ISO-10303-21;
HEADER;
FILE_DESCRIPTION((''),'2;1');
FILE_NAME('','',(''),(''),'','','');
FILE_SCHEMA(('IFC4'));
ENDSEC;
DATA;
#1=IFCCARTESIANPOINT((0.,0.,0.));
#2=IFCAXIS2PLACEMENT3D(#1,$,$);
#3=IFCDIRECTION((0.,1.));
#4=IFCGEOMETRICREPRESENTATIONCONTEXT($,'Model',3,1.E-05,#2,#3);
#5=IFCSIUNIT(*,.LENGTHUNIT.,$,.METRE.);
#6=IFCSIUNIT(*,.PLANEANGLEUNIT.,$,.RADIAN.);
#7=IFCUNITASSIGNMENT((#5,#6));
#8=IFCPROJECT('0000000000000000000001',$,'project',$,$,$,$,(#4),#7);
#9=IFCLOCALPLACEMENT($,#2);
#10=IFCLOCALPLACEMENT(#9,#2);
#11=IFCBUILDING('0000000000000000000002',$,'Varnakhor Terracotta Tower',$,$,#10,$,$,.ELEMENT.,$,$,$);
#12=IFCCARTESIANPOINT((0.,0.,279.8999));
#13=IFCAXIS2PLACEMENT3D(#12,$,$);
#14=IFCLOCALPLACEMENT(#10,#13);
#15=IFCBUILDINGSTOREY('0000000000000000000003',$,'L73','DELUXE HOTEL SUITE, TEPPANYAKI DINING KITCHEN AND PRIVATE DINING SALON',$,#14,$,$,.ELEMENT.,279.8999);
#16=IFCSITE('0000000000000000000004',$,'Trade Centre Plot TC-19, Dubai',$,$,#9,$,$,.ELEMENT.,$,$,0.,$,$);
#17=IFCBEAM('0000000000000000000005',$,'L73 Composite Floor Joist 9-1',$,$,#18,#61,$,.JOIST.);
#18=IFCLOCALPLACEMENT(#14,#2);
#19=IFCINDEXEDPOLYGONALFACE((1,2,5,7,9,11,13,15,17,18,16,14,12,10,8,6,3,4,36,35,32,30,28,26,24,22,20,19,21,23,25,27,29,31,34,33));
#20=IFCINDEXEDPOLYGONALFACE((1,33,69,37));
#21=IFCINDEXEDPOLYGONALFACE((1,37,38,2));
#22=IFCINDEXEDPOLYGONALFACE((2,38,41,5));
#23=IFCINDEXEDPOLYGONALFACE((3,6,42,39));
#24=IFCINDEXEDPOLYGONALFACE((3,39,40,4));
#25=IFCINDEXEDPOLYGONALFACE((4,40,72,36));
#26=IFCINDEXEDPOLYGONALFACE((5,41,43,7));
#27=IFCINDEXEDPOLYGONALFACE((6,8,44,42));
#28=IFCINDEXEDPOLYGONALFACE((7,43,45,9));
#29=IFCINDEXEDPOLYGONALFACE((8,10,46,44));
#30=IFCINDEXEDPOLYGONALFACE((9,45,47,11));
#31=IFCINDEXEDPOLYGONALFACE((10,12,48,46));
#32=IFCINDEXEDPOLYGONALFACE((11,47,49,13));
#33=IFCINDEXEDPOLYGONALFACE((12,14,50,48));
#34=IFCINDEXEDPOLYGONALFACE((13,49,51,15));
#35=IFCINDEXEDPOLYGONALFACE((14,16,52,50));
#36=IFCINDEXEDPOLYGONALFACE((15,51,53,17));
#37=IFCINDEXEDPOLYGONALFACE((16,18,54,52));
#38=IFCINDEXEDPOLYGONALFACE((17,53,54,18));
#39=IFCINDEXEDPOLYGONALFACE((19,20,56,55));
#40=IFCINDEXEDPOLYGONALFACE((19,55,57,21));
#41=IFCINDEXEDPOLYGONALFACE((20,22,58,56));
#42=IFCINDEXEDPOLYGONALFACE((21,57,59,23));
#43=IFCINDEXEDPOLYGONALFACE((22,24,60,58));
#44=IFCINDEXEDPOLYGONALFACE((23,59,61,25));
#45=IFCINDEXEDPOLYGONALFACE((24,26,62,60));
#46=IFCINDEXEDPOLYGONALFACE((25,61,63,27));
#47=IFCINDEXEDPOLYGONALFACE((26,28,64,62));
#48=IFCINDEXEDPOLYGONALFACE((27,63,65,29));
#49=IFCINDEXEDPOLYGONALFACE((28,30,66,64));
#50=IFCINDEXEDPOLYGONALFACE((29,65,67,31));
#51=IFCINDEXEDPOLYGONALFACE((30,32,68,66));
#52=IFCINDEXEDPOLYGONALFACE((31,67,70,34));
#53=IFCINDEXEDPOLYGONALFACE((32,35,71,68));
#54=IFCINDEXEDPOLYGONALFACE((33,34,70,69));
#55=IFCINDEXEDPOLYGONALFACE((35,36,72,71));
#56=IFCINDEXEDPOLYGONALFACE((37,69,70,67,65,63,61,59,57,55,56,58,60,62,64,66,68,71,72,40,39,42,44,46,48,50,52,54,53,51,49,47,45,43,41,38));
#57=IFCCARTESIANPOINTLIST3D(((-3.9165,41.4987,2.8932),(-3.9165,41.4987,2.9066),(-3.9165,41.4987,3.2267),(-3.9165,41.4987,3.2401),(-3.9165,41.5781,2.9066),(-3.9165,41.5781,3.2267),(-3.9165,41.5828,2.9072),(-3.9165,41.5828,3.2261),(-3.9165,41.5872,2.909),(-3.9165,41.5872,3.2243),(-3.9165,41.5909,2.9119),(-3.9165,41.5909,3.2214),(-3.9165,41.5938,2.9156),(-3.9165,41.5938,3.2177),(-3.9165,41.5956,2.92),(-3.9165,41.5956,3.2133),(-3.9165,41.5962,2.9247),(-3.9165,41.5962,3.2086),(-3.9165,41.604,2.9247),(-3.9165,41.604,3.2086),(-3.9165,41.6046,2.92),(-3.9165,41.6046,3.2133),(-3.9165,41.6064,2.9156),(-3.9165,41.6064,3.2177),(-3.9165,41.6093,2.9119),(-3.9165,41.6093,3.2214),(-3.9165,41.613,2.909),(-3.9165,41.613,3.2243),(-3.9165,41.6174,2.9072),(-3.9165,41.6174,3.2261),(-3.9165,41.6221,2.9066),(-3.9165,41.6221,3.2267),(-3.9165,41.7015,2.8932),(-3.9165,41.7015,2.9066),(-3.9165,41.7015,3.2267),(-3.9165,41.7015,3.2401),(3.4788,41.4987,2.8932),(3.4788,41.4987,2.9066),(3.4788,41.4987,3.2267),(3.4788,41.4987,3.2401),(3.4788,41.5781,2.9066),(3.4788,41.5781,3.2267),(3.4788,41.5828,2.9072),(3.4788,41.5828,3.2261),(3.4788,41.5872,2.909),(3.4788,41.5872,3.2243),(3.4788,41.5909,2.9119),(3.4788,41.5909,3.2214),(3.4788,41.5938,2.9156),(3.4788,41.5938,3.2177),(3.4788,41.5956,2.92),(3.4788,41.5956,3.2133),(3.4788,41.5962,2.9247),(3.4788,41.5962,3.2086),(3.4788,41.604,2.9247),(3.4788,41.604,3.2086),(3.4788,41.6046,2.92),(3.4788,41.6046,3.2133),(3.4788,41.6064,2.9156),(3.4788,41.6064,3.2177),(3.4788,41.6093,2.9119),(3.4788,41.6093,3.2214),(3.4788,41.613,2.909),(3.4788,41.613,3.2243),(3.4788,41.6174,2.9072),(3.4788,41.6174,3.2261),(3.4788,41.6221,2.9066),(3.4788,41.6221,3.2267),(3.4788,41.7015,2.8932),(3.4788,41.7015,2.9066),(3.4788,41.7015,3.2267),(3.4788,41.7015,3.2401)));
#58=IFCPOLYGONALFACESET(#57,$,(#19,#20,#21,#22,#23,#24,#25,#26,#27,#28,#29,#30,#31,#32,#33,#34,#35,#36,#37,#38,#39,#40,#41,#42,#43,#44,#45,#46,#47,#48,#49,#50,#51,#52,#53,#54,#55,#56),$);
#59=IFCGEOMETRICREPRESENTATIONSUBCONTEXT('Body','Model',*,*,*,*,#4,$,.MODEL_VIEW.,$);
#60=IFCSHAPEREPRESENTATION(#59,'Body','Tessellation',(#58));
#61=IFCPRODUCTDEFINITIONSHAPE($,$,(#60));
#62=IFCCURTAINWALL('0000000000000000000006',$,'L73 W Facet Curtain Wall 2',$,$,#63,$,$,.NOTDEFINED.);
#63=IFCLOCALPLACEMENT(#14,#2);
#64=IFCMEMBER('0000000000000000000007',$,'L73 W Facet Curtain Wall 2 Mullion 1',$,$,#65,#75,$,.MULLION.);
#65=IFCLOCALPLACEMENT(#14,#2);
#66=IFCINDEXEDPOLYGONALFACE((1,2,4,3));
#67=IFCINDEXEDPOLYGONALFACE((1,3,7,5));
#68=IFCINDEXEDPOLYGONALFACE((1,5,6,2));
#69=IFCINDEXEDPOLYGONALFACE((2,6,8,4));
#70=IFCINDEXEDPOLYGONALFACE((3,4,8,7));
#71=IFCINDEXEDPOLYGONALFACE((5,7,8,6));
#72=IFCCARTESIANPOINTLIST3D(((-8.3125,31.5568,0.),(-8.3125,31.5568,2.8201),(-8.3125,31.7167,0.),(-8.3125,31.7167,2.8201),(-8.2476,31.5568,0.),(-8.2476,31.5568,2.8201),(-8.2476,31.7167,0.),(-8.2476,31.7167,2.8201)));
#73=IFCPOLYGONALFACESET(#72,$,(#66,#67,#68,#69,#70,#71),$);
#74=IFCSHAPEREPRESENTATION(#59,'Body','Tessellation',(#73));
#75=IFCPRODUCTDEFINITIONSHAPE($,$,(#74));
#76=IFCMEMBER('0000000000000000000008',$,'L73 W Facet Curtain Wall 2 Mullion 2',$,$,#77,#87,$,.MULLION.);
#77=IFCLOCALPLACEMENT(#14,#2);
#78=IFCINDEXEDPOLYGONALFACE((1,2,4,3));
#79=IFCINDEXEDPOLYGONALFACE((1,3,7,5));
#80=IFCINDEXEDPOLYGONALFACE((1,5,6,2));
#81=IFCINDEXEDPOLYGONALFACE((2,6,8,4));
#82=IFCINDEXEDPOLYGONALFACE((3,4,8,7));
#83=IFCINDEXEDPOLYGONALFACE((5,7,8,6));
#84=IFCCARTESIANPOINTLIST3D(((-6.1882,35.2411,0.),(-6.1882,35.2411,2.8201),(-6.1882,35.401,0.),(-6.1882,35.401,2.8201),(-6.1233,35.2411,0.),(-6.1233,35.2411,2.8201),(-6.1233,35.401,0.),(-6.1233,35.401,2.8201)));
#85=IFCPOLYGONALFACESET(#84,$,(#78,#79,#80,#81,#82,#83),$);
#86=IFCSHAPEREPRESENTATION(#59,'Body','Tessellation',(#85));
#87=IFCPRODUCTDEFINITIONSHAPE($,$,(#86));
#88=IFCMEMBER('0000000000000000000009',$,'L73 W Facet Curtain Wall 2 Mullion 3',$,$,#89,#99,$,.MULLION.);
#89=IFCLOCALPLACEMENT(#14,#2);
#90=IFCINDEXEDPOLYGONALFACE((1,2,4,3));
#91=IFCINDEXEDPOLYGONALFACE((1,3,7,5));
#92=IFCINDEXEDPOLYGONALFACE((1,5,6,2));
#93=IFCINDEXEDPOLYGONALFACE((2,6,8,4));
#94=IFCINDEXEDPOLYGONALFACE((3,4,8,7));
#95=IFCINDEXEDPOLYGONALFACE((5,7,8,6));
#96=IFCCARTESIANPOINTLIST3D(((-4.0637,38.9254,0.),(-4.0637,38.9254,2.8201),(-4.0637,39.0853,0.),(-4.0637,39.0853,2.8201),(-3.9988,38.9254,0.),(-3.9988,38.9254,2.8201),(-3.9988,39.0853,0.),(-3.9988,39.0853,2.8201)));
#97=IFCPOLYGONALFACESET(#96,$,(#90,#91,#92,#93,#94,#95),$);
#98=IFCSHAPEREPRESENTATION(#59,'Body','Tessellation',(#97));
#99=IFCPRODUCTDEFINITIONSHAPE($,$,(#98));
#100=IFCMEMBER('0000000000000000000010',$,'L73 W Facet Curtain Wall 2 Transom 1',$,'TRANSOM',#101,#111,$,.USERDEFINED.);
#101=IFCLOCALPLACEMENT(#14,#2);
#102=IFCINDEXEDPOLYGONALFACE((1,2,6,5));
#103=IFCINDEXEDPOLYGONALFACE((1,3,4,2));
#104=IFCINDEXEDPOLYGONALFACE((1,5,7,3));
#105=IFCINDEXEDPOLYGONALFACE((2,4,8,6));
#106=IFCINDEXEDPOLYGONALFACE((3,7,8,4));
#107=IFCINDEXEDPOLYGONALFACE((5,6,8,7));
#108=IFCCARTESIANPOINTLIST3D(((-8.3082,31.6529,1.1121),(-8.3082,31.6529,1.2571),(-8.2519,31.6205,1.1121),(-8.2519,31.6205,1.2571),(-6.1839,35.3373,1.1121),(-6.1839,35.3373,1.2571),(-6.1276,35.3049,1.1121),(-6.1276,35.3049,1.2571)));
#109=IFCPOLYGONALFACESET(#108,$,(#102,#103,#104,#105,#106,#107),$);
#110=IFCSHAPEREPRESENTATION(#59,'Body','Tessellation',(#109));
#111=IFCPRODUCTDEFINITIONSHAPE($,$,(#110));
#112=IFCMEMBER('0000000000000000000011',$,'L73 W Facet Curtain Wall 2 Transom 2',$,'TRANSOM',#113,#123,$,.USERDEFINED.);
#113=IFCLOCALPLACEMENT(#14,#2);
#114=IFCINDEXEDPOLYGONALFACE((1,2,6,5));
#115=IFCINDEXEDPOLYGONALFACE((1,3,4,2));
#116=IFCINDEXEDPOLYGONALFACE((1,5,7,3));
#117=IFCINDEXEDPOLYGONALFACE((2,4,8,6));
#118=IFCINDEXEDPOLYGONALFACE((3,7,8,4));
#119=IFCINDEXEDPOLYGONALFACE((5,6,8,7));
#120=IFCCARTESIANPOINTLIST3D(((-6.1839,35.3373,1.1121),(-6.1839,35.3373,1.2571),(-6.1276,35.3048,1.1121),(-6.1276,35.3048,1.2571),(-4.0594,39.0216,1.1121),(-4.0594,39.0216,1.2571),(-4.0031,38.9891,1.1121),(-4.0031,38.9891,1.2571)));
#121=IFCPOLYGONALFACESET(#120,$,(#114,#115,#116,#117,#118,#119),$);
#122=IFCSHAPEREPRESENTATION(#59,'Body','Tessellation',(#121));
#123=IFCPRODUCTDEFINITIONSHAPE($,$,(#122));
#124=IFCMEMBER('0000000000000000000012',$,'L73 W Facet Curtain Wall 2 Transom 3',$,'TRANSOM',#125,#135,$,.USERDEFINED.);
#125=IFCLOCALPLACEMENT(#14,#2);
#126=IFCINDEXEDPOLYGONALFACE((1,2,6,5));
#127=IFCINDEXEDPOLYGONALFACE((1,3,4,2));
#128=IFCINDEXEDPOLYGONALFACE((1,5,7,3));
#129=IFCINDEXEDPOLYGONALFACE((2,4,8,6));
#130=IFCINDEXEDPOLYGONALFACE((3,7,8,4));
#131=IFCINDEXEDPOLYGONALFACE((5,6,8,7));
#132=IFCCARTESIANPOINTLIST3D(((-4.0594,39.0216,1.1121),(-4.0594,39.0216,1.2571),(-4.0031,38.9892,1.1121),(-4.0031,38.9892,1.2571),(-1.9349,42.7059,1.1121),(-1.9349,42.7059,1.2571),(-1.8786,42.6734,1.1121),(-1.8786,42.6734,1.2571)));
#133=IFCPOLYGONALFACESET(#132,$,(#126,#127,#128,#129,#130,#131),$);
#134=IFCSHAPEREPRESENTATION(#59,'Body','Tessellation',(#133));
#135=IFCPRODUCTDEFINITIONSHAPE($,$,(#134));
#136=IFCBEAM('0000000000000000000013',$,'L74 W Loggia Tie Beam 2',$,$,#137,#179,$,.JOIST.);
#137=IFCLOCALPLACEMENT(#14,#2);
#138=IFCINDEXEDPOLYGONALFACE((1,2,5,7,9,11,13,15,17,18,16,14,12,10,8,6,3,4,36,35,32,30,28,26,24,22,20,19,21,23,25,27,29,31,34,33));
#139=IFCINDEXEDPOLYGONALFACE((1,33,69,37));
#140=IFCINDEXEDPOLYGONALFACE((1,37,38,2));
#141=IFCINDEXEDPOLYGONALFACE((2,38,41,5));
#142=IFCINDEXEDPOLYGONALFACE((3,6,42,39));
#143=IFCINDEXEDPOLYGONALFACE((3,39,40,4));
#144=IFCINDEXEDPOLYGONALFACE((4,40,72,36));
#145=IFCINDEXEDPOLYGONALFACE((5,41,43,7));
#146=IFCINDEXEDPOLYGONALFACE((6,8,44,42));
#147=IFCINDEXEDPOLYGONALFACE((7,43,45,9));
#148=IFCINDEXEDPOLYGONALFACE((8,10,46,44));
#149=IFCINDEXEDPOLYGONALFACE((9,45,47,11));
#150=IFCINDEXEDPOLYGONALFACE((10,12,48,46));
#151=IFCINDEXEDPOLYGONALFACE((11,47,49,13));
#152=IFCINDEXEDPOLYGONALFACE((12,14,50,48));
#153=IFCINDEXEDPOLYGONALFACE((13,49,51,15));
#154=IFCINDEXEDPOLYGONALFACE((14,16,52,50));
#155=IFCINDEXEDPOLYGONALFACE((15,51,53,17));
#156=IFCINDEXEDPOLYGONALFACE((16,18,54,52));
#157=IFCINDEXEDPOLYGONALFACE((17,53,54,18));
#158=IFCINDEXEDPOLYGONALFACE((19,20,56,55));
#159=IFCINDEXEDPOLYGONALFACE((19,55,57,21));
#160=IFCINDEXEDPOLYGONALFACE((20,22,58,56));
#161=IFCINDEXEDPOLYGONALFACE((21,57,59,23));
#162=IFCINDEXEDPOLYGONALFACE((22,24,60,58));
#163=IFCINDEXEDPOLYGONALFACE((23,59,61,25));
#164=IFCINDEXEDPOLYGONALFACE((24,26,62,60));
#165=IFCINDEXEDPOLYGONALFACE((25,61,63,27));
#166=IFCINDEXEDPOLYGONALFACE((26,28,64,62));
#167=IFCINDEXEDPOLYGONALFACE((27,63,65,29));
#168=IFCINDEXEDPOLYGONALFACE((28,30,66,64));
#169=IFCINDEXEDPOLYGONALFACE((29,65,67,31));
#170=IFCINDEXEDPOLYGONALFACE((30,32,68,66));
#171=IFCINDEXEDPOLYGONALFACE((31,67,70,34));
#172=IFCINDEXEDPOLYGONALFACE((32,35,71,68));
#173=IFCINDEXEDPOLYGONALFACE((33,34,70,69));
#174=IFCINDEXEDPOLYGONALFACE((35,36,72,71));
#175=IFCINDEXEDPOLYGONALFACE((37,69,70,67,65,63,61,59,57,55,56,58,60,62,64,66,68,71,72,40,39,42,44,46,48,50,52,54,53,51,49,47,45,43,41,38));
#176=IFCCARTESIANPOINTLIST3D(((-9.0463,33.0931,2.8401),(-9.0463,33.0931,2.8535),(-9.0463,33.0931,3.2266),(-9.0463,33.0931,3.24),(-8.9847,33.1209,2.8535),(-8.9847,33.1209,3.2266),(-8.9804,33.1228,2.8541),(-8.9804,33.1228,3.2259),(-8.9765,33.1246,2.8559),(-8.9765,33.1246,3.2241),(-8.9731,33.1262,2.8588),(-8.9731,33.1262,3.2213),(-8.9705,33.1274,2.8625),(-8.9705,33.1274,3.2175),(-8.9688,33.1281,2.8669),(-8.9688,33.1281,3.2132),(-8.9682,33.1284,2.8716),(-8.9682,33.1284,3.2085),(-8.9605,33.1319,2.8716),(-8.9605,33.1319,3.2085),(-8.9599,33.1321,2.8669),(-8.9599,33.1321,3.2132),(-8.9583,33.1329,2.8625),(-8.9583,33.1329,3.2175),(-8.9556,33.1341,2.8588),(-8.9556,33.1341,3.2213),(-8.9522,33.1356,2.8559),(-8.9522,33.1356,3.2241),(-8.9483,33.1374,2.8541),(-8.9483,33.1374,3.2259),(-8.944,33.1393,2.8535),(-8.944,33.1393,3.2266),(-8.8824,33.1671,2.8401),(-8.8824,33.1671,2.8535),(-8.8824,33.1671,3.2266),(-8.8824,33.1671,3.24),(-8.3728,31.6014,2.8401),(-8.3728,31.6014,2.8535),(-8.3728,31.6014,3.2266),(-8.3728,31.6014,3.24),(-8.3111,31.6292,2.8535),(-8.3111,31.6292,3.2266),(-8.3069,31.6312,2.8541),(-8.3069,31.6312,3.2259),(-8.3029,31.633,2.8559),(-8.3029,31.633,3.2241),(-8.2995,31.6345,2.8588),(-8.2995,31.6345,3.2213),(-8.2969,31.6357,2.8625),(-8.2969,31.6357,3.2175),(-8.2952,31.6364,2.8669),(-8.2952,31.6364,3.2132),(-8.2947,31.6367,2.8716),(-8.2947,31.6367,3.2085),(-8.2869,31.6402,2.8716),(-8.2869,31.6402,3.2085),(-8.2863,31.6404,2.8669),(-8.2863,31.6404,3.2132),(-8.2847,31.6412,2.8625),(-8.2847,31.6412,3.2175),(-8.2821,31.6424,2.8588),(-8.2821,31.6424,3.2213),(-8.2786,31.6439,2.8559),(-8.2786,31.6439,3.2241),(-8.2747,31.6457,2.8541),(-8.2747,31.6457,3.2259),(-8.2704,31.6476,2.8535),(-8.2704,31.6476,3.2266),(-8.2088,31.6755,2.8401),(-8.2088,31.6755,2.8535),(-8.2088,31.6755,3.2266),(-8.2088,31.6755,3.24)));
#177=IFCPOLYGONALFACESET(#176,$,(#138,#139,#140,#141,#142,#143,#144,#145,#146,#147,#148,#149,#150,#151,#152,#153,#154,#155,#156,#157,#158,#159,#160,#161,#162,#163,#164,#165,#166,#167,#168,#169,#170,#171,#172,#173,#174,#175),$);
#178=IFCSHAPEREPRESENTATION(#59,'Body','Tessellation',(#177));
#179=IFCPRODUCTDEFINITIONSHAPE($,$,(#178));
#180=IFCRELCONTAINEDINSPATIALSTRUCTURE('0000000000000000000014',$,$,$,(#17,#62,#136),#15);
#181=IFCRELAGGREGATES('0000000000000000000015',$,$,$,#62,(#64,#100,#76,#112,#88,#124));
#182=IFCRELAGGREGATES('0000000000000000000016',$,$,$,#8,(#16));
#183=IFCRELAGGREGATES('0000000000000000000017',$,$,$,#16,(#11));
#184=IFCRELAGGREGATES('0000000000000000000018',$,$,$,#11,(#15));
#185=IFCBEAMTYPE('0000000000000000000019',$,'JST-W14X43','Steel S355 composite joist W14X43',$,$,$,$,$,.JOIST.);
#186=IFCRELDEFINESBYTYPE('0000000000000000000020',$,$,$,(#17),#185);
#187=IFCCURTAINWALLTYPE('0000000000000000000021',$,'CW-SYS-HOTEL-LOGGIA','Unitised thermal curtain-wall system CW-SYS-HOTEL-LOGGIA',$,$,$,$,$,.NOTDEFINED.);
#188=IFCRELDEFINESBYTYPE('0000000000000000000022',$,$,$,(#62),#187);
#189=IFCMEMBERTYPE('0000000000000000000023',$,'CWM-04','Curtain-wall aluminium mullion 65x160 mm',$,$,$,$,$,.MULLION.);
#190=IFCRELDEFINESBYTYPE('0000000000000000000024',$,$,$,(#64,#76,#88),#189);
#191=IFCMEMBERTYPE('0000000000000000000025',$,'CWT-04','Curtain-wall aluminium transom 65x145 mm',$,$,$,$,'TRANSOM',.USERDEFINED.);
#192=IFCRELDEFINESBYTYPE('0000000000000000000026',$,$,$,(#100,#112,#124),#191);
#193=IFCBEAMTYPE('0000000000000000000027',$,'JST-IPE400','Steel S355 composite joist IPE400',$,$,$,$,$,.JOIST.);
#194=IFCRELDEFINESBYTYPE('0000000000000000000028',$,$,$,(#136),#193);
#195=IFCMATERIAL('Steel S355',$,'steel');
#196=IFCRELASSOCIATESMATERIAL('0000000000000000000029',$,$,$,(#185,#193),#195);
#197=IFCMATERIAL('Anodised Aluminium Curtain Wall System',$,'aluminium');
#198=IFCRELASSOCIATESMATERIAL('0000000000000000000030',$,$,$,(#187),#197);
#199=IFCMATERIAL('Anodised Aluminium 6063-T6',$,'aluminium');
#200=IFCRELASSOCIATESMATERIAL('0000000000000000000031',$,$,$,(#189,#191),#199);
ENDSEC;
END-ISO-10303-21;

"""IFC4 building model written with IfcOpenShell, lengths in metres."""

from ifc_helpers import new_model, si_unit, direction, frame, origin, origin_2d, place, context, subcontext, project, spatial, rectangle, i_section, extrude, source, transform, mapped, material, material_profile, profile_set, type_object, type_shapes, element, aggregate, save


model = new_model("IFC4")

# Units and contexts
model_context = context("Model", 3, precision=1e-05, world=origin(), true_north=direction((0.0, 1.0)))
body_context = subcontext(model_context, "Body", "Model", "MODEL_VIEW")
ifc_project = project(units=[si_unit("LENGTHUNIT", "METRE"), si_unit("PLANEANGLEUNIT", "RADIAN")], contexts=[model_context])

# Site, building, storey
site_placement = place(None, origin())
site = spatial("IfcSite", under=ifc_project, at=site_placement, Name="Trade Centre Plot TC-19, Dubai", CompositionType="ELEMENT", RefElevation=0.0)
building_placement = place(site_placement, origin())
building = spatial("IfcBuilding", under=site, at=building_placement, Name="Varnakhor Terracotta Tower", CompositionType="ELEMENT")
storey_placement = place(building_placement, frame((0.0, 0.0, 279.8999)))
storey = spatial("IfcBuildingStorey", under=building, at=storey_placement, Name="L73", Description="DELUXE HOTEL SUITE, TEPPANYAKI DINING KITCHEN AND PRIVATE DINING SALON", CompositionType="ELEMENT", Elevation=279.8999)

# Beam
ifc_material_1 = material(Name="Steel S355", Category="steel")
ifc_material_profile_1 = material_profile(ifc_material_1, i_section(OverallWidth=0.2029, OverallDepth=0.3469, WebThickness=0.0078, FlangeThickness=0.0134, FilletRadius=0.0181, at=origin_2d()), Name="W14X43")
ifc_profile_set_1 = profile_set([ifc_material_profile_1], Name="Steel S355")
beam_type_1 = type_object("IfcBeamType", Name="JST-W14X43", Description="Steel S355 composite joist W14X43", PredefinedType="JOIST", material=ifc_profile_set_1)
ifc_material_profile_2 = material_profile(ifc_material_1, i_section(OverallWidth=0.1799, OverallDepth=0.3999, WebThickness=0.0085, FlangeThickness=0.0134, FilletRadius=0.0181, at=origin_2d()), Name="IPE400")
ifc_profile_set_2 = profile_set([ifc_material_profile_2], Name="Steel S355")
beam_type_2 = type_object("IfcBeamType", Name="JST-IPE400", Description="Steel S355 composite joist IPE400", PredefinedType="JOIST", material=ifc_profile_set_2)
shared_shape_1 = source(origin(), body_context, "Body", "SweptSolid", [
    extrude(i_section(OverallWidth=0.2029, OverallDepth=0.3469, WebThickness=0.0078, FlangeThickness=0.0134, FilletRadius=0.0181, at=origin_2d()), origin(), (0.0, 0.0, 1.0), 7.3953),
])
beam_1_placement = place(storey_placement, frame((-3.9165, 41.6001, 3.0667), z_axis=(1.0, 0.0, 0.0), x_axis=(0.0, 1.0, 0.0)))
element("IfcBeam", 1, at=beam_1_placement, inside=storey, type_object=beam_type_1, Name="L73 Composite Floor Joist 9-1", PredefinedType="JOIST", context=body_context, shape_type="MappedRepresentation", body=[
    mapped(shared_shape_1, transform((0.0, 0.0, 0.0), scale=1.0)),
])

# Curtain wall, members
ifc_material_2 = material(Name="Anodised Aluminium Curtain Wall System", Category="aluminium")
curtain_wall_type = type_object("IfcCurtainWallType", Name="CW-SYS-HOTEL-LOGGIA", Description="Unitised thermal curtain-wall system CW-SYS-HOTEL-LOGGIA", PredefinedType="NOTDEFINED", material=ifc_material_2)
curtain_wall_placement = place(storey_placement, origin())
curtain_wall = element("IfcCurtainWall", 2, at=curtain_wall_placement, inside=storey, type_object=curtain_wall_type, Name="L73 W Facet Curtain Wall 2", PredefinedType="NOTDEFINED")
ifc_material_3 = material(Name="Anodised Aluminium 6063-T6", Category="aluminium")
ifc_material_profile_3 = material_profile(ifc_material_3, rectangle(XDim=0.0649, YDim=0.1599, at=origin_2d()), Name="ALU MULLION 65x160")
ifc_profile_set_3 = profile_set([ifc_material_profile_3], Name="Anodised Aluminium 6063-T6")
member_type_1 = type_object("IfcMemberType", Name="CWM-04", Description="Curtain-wall aluminium mullion 65x160 mm", PredefinedType="MULLION", material=ifc_profile_set_3)
shared_shape_2 = source(origin(), body_context, "Body", "SweptSolid", [
    extrude(rectangle(XDim=0.0649, YDim=0.1599, at=origin_2d()), origin(), (0.0, 0.0, 1.0), 2.8201),
])
type_shapes(member_type_1, [shared_shape_2])
member_1_placement = place(storey_placement, frame((-8.28, 31.6367, 0.0), z_axis=(0.0, 0.0, 1.0), x_axis=(1.0, 0.0, 0.0)))
member_1 = element("IfcMember", 3, at=member_1_placement, type_object=member_type_1, Name="L73 W Facet Curtain Wall 2 Mullion 1", PredefinedType="MULLION", context=body_context, shape_type="MappedRepresentation", body=[
    mapped(shared_shape_2, transform((0.0, 0.0, 0.0), scale=1.0)),
])
member_2_placement = place(storey_placement, frame((-6.1558, 35.321, 0.0), z_axis=(0.0, 0.0, 1.0), x_axis=(1.0, 0.0, 0.0)))
member_2 = element("IfcMember", 4, at=member_2_placement, type_object=member_type_1, Name="L73 W Facet Curtain Wall 2 Mullion 2", PredefinedType="MULLION", context=body_context, shape_type="MappedRepresentation", body=[
    mapped(shared_shape_2, transform((0.0, 0.0, 0.0), scale=1.0)),
])
member_3_placement = place(storey_placement, frame((-4.0312, 39.0054, 0.0), z_axis=(0.0, 0.0, 1.0), x_axis=(1.0, 0.0, 0.0)))
member_3 = element("IfcMember", 5, at=member_3_placement, type_object=member_type_1, Name="L73 W Facet Curtain Wall 2 Mullion 3", PredefinedType="MULLION", context=body_context, shape_type="MappedRepresentation", body=[
    mapped(shared_shape_2, transform((0.0, 0.0, 0.0), scale=1.0)),
])
ifc_material_profile_4 = material_profile(ifc_material_3, rectangle(XDim=0.0649, YDim=0.145, at=origin_2d()), Name="ALU TRANSOM 65x145")
ifc_profile_set_4 = profile_set([ifc_material_profile_4], Name="Anodised Aluminium 6063-T6")
member_type_2 = type_object("IfcMemberType", Name="CWT-04", Description="Curtain-wall aluminium transom 65x145 mm", ElementType="TRANSOM", PredefinedType="USERDEFINED", material=ifc_profile_set_4)
shared_shape_3 = source(origin(), body_context, "Body", "SweptSolid", [
    extrude(rectangle(XDim=0.0649, YDim=0.145, at=origin_2d()), origin(), (0.0, 0.0, 1.0), 4.2529),
])
member_4_placement = place(storey_placement, frame((-8.28, 31.6367, 1.1846), z_axis=(0.499492, 0.866318, 0.0), x_axis=(-0.866318, 0.499492, 0.0)))
member_4 = element("IfcMember", 6, at=member_4_placement, type_object=member_type_2, Name="L73 W Facet Curtain Wall 2 Transom 1", ObjectType="TRANSOM", PredefinedType="USERDEFINED", context=body_context, shape_type="MappedRepresentation", body=[
    mapped(shared_shape_3, transform((0.0, 0.0, 0.0), scale=1.0)),
])
member_5_placement = place(storey_placement, frame((-6.1558, 35.321, 1.1846), z_axis=(0.499535, 0.866294, 0.0), x_axis=(-0.866294, 0.499535, 0.0)))
member_5 = element("IfcMember", 7, at=member_5_placement, type_object=member_type_2, Name="L73 W Facet Curtain Wall 2 Transom 2", ObjectType="TRANSOM", PredefinedType="USERDEFINED", context=body_context, shape_type="MappedRepresentation", body=[
    mapped(shared_shape_3, transform((0.0, 0.0, 0.0), scale=1.0)),
])
member_6_placement = place(storey_placement, frame((-4.0312, 39.0054, 1.1846), z_axis=(0.499535, 0.866294, 0.0), x_axis=(-0.866294, 0.499535, 0.0)))
member_6 = element("IfcMember", 8, at=member_6_placement, type_object=member_type_2, Name="L73 W Facet Curtain Wall 2 Transom 3", ObjectType="TRANSOM", PredefinedType="USERDEFINED", context=body_context, shape_type="MappedRepresentation", body=[
    mapped(shared_shape_3, transform((0.0, 0.0, 0.0), scale=1.0)),
])

# Beam
shared_shape_4 = source(origin(), body_context, "Body", "SweptSolid", [
    extrude(i_section(OverallWidth=0.1799, OverallDepth=0.3999, WebThickness=0.0085, FlangeThickness=0.0134, FilletRadius=0.0181, at=origin_2d()), origin(), (0.0, 0.0, 1.0), 1.6367),
])
beam_2_placement = place(storey_placement, frame((-8.2908, 31.6384, 3.04), z_axis=(-0.411543, 0.91139, 0.0), x_axis=(-0.91139, -0.411543, 0.0)))
element("IfcBeam", 9, at=beam_2_placement, inside=storey, type_object=beam_type_2, Name="L74 W Loggia Tie Beam 2", PredefinedType="JOIST", context=body_context, shape_type="MappedRepresentation", body=[
    mapped(shared_shape_4, transform((0.0, 0.0, 0.0), scale=1.0)),
])

aggregate(curtain_wall, [member_1, member_4, member_2, member_5, member_3, member_6])

save(model, "model.ifc")
